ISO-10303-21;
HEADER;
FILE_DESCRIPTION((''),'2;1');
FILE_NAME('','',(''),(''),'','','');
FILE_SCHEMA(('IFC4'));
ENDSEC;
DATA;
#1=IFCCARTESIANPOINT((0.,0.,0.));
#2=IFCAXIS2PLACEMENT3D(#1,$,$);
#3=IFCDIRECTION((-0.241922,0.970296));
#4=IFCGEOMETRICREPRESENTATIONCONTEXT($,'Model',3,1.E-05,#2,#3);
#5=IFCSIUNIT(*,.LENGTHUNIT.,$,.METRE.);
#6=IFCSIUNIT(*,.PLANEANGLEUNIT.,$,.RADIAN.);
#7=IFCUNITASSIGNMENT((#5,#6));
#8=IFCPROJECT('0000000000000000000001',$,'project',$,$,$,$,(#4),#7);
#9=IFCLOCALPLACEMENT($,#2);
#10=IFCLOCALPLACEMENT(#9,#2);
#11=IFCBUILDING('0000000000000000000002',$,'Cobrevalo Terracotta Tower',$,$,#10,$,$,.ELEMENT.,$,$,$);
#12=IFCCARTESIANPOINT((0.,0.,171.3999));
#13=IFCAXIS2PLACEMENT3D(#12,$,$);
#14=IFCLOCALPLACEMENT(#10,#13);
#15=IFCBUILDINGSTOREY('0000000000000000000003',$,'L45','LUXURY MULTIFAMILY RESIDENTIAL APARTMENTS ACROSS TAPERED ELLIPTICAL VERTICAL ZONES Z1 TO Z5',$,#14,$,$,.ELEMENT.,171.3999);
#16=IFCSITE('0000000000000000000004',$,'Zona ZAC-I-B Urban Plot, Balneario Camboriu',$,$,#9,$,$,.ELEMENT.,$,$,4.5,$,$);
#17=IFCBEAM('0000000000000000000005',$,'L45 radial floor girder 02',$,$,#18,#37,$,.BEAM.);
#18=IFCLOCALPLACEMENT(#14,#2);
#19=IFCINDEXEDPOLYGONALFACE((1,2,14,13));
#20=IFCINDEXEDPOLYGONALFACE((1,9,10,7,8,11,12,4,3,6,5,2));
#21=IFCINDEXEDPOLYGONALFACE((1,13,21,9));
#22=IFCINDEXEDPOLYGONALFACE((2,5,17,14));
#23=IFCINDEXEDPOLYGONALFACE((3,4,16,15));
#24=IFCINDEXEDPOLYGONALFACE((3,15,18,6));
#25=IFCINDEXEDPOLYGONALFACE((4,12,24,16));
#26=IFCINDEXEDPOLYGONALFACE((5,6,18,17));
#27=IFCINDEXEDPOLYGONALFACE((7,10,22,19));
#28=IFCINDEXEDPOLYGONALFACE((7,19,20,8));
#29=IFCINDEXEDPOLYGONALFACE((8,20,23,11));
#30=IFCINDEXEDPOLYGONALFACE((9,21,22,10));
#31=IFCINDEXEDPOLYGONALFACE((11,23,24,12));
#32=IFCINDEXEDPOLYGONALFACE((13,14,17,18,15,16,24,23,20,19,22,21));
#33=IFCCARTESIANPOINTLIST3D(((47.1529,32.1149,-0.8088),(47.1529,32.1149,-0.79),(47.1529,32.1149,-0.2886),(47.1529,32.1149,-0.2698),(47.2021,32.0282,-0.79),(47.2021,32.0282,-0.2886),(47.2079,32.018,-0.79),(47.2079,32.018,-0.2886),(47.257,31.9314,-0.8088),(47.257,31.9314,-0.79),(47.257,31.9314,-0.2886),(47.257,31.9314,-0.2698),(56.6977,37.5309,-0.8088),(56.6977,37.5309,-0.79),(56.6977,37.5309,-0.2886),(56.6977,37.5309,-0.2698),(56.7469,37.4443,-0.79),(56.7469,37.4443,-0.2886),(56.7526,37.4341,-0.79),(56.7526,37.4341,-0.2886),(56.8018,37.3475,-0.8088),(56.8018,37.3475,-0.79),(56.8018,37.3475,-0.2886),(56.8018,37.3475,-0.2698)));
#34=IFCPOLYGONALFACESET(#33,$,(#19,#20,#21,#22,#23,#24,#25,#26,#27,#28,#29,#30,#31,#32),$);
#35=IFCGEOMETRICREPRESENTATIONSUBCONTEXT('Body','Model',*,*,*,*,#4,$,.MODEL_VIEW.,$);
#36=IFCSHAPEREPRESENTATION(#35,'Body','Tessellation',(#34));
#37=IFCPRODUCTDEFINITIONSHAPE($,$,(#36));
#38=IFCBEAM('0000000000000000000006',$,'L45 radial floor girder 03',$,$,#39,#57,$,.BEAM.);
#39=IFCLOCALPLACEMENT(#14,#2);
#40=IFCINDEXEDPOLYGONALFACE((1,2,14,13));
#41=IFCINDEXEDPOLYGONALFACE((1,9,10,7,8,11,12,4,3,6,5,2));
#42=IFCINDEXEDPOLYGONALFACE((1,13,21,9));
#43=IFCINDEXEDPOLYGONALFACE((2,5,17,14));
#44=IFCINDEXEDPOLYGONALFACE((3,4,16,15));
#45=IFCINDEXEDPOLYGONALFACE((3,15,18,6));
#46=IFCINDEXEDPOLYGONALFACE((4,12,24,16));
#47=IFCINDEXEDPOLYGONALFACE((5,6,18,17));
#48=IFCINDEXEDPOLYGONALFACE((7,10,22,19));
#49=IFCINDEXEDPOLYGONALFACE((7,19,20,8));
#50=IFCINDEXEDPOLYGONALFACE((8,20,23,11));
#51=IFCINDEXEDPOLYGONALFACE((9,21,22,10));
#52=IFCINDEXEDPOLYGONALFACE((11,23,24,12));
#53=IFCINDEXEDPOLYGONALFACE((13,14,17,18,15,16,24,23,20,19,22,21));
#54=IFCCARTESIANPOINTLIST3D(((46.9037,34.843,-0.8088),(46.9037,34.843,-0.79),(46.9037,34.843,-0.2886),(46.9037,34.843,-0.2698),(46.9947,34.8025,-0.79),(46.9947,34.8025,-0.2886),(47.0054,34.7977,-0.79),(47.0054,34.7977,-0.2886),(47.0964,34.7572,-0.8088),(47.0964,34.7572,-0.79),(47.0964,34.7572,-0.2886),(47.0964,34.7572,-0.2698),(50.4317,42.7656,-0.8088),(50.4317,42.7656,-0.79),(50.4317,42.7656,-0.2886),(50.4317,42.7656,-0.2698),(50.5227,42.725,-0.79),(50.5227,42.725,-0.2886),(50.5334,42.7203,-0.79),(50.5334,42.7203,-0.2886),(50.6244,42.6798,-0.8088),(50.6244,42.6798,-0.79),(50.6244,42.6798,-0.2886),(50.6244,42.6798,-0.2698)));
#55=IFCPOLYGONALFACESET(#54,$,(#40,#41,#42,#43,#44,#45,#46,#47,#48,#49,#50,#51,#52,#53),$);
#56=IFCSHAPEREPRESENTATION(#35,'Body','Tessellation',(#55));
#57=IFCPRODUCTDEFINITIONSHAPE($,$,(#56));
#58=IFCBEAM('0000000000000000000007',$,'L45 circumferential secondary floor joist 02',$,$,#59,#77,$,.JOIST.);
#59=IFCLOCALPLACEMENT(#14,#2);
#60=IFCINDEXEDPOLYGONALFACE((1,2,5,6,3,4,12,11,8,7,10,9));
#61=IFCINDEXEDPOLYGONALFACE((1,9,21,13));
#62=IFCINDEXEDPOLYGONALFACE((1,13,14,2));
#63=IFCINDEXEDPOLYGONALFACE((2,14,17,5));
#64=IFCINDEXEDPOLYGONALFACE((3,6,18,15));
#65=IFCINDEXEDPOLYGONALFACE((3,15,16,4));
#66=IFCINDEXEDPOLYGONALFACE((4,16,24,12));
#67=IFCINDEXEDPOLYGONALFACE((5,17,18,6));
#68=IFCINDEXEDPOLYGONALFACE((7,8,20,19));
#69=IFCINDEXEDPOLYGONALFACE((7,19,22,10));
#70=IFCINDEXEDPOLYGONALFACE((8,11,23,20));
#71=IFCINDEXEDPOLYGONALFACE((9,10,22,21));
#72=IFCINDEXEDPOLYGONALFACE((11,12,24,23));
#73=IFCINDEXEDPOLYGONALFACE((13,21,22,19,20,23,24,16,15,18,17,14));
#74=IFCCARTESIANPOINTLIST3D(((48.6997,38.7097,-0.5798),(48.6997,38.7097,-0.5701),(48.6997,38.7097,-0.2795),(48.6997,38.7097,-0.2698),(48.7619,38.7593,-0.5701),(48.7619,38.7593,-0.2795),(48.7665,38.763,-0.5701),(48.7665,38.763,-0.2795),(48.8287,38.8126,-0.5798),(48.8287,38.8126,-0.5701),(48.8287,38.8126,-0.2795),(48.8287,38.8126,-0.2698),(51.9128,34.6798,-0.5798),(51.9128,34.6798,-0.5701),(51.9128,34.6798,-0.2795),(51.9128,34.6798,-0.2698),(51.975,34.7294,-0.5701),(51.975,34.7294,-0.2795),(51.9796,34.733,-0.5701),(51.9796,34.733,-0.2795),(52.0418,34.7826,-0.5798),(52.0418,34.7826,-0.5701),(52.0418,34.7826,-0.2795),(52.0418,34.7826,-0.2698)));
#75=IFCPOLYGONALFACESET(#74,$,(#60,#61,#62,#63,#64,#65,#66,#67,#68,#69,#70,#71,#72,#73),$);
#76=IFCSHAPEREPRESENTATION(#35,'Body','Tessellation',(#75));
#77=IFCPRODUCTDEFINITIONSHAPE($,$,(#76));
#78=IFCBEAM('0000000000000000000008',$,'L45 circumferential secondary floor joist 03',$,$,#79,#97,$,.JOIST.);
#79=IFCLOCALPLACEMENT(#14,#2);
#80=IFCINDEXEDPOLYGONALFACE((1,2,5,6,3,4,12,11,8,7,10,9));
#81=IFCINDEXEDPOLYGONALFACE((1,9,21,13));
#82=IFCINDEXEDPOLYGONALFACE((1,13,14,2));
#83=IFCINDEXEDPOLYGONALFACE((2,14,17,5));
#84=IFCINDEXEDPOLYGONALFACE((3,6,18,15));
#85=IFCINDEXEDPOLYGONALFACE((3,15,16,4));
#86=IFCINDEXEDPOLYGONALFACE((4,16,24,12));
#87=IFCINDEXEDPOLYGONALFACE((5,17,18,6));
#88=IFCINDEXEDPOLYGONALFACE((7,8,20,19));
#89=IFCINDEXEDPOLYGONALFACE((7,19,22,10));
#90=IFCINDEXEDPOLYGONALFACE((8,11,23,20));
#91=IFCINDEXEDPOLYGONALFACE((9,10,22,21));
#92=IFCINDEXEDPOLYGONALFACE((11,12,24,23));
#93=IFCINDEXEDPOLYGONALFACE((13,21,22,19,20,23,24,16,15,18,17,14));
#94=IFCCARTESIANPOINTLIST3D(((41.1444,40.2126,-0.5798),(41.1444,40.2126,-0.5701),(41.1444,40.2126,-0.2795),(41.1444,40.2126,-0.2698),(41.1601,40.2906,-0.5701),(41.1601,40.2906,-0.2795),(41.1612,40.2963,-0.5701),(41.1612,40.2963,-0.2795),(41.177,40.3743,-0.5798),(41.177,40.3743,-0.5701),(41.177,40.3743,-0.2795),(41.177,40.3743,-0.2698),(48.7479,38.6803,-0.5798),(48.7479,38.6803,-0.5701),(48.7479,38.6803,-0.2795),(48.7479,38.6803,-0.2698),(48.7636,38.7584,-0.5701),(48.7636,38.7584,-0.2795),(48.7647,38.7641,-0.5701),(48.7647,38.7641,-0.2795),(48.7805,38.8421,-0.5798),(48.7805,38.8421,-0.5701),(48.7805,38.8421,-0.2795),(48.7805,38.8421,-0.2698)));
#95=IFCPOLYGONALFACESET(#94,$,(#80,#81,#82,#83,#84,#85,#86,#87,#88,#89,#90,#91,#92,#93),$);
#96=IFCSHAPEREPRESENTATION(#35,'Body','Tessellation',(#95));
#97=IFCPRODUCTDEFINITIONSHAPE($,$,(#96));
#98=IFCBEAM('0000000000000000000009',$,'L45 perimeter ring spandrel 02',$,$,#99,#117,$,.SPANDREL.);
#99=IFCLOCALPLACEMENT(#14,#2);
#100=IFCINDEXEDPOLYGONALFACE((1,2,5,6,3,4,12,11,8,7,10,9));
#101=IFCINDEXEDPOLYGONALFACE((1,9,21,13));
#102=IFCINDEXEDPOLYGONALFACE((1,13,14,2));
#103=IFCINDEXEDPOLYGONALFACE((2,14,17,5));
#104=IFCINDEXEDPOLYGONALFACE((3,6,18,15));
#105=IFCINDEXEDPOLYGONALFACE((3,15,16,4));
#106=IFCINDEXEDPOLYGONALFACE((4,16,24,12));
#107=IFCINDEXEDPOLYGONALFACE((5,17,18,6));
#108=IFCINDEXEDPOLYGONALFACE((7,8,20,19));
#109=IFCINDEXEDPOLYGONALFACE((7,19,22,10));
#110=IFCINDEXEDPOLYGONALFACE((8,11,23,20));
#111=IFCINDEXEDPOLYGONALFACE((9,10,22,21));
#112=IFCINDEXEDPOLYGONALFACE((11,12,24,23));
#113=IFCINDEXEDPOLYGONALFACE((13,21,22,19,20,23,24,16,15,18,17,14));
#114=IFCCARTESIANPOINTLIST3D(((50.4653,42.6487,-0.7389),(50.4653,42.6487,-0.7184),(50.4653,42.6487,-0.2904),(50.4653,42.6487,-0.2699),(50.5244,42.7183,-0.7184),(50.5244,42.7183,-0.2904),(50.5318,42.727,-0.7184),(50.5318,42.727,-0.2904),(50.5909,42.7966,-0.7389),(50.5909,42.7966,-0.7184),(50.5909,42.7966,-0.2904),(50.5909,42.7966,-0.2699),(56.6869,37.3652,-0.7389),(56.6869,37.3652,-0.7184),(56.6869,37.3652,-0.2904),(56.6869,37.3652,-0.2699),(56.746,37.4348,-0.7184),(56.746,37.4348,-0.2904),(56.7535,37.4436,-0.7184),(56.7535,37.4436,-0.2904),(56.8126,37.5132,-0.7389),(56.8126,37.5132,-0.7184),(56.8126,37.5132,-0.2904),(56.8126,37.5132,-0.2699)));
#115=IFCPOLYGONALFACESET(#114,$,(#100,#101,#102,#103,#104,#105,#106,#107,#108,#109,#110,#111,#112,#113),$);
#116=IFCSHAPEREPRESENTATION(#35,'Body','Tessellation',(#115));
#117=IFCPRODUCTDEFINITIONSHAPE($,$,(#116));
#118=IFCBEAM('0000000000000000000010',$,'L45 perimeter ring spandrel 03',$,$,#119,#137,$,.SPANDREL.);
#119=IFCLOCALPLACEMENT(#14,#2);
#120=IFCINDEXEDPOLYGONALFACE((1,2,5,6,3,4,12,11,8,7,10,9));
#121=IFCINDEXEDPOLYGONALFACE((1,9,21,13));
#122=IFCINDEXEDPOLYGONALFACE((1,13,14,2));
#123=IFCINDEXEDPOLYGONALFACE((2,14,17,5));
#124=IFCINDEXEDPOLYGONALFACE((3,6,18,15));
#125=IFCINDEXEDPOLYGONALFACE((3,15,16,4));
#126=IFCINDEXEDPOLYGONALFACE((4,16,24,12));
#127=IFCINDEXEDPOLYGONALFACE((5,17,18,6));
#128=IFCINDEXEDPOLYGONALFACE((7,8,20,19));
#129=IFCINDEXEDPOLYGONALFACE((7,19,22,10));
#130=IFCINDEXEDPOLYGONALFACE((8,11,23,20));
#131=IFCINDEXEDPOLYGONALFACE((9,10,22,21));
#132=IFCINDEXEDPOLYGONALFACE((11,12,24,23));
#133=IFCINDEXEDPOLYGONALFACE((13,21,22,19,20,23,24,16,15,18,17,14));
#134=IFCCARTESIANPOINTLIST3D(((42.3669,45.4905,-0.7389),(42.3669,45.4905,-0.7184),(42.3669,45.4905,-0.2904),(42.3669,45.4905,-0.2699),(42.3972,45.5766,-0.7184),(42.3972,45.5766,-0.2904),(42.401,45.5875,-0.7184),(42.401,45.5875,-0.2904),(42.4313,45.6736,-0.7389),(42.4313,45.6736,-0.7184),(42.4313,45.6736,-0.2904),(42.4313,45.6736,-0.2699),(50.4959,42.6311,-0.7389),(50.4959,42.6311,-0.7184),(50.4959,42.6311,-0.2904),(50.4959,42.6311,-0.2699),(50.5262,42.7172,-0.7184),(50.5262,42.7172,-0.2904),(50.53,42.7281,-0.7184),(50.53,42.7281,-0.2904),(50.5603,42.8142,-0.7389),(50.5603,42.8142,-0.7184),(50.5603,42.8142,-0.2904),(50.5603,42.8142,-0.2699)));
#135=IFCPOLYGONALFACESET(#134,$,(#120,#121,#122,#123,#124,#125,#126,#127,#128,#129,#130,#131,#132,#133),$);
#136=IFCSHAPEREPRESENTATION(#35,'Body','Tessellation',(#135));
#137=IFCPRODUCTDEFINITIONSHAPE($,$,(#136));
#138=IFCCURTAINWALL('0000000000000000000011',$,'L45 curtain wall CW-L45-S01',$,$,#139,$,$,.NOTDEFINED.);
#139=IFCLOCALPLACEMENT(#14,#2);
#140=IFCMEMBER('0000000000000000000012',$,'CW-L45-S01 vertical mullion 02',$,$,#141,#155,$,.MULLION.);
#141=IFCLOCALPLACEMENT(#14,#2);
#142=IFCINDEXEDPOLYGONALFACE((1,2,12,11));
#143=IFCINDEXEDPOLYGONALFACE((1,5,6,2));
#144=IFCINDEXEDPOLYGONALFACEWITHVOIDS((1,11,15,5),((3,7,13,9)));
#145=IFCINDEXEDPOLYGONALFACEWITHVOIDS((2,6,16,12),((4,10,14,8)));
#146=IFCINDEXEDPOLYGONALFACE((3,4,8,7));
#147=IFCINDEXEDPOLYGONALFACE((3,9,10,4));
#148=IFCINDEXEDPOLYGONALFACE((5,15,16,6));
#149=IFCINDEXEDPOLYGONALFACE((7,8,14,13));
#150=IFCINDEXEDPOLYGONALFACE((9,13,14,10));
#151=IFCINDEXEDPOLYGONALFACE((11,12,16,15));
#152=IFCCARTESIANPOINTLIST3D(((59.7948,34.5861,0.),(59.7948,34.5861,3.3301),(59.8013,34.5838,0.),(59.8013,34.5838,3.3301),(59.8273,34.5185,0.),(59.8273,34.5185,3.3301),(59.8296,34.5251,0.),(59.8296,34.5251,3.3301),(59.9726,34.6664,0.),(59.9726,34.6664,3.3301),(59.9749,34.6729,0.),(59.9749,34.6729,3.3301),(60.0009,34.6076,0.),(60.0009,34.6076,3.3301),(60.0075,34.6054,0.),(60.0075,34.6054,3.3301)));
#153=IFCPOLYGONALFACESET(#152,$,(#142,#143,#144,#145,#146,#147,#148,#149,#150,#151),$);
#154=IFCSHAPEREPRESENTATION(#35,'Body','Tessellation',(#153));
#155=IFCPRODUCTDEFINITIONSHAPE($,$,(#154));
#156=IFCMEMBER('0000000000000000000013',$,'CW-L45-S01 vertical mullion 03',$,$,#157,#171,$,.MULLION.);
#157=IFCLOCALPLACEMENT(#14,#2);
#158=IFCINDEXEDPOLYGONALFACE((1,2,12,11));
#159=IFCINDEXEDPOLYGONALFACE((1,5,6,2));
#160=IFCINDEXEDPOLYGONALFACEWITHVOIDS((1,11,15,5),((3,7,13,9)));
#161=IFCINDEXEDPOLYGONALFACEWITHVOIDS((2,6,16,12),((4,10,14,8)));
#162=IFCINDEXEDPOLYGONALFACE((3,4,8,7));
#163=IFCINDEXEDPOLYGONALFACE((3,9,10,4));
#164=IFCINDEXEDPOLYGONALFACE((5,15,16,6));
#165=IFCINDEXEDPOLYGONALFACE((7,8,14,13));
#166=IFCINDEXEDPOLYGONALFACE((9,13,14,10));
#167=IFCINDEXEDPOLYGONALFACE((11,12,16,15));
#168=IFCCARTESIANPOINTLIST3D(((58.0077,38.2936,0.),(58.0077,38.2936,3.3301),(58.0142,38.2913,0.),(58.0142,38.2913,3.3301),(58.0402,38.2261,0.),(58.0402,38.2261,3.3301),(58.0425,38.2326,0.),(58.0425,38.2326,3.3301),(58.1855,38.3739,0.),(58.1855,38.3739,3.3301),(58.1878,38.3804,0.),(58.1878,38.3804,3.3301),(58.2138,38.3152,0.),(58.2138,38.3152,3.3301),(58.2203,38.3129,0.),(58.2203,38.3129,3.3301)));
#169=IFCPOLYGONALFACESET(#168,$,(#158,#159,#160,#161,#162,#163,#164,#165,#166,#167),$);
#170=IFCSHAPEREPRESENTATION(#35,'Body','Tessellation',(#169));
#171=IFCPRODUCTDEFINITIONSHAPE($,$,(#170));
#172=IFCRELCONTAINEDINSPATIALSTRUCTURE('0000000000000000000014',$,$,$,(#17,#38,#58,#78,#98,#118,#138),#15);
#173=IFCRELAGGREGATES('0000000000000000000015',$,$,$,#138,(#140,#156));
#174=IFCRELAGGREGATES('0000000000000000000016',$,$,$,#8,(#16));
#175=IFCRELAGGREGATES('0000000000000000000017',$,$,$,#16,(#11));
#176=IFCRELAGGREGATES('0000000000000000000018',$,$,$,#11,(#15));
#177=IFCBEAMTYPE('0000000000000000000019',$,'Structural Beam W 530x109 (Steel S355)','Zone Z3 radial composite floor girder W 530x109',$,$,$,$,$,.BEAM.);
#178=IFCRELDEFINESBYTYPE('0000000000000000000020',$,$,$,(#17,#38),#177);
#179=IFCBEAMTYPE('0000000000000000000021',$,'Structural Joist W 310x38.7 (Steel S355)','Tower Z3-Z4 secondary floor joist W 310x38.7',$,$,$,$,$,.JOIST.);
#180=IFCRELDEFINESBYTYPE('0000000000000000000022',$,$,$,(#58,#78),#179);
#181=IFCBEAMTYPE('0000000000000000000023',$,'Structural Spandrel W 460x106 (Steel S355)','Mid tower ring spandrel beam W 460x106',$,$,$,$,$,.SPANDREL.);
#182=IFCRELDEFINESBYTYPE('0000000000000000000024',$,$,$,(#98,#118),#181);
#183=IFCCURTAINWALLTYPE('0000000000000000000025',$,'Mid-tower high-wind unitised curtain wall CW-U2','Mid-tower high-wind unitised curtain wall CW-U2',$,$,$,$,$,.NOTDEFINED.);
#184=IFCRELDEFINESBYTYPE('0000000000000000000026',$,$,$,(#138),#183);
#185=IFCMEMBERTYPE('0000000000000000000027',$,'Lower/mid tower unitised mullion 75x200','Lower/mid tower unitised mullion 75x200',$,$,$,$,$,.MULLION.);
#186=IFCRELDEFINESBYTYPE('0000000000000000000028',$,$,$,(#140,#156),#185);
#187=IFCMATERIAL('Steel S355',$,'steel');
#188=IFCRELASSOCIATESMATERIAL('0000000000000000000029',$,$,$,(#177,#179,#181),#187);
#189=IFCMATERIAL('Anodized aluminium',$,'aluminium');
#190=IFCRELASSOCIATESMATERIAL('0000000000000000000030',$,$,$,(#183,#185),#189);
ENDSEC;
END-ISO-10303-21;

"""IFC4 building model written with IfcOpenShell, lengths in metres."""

from ifc_helpers import new_model, si_unit, direction, frame, origin, origin_2d, place, context, subcontext, project, spatial, hollow_rectangle, i_section, extrude, source, transform, mapped, material, material_profile, profile_set, type_object, element, aggregate, save


model = new_model("IFC4")

# Units and contexts
model_context = context("Model", 3, precision=1e-05, world=origin(), true_north=direction((-0.241922, 0.970296)))
body_context = subcontext(model_context, "Body", "Model", "MODEL_VIEW")
ifc_project = project(units=[si_unit("LENGTHUNIT", "METRE"), si_unit("PLANEANGLEUNIT", "RADIAN")], contexts=[model_context])

# Site, building, storey
site_placement = place(None, origin())
site = spatial("IfcSite", under=ifc_project, at=site_placement, Name="Zona ZAC-I-B Urban Plot, Balneario Camboriu", CompositionType="ELEMENT", RefElevation=4.5)
building_placement = place(site_placement, origin())
building = spatial("IfcBuilding", under=site, at=building_placement, Name="Cobrevalo Terracotta Tower", CompositionType="ELEMENT")
storey_placement = place(building_placement, frame((0.0, 0.0, 171.3999)))
storey = spatial("IfcBuildingStorey", under=building, at=storey_placement, Name="L45", Description="LUXURY MULTIFAMILY RESIDENTIAL APARTMENTS ACROSS TAPERED ELLIPTICAL VERTICAL ZONES Z1 TO Z5", CompositionType="ELEMENT", Elevation=171.3999)

# Shared definitions
ifc_material_1 = material(Name="Steel S355", Category="steel")

# Beams
ifc_material_profile_1 = material_profile(ifc_material_1, i_section(OverallWidth=0.2109, OverallDepth=0.5391, WebThickness=0.0117, FlangeThickness=0.0188, at=origin_2d()), Name="W 530x109")
ifc_profile_set_1 = profile_set([ifc_material_profile_1], Name="Steel S355")
beam_type_1 = type_object("IfcBeamType", Name="Structural Beam W 530x109 (Steel S355)", Description="Zone Z3 radial composite floor girder W 530x109", PredefinedType="BEAM", material=ifc_profile_set_1)
beam_1_placement = place(storey_placement, frame((56.7498, 37.4392, -0.5393), z_axis=(-0.869734, -0.49352, 0.0), x_axis=(0.49352, -0.869734, 0.0)))
element("IfcBeam", 1, at=beam_1_placement, inside=storey, type_object=beam_type_1, Name="L45 radial floor girder 02", PredefinedType="BEAM", context=body_context, shape_type="SweptSolid", body=[
    extrude(i_section(OverallWidth=0.2109, OverallDepth=0.5391, WebThickness=0.0117, FlangeThickness=0.0188, at=origin_2d()), origin(), (0.0, 0.0, 1.0), 10.9744),
])
beam_2_placement = place(storey_placement, frame((50.5281, 42.7227, -0.5393), z_axis=(-0.406804, -0.913515, 0.0), x_axis=(0.913515, -0.406804, 0.0)))
element("IfcBeam", 2, at=beam_2_placement, inside=storey, type_object=beam_type_1, Name="L45 radial floor girder 03", PredefinedType="BEAM", context=body_context, shape_type="SweptSolid", body=[
    extrude(i_section(OverallWidth=0.2109, OverallDepth=0.5391, WebThickness=0.0117, FlangeThickness=0.0188, at=origin_2d()), origin(), (0.0, 0.0, 1.0), 8.6726),
])
ifc_material_profile_2 = material_profile(ifc_material_1, i_section(OverallWidth=0.165, OverallDepth=0.3101, WebThickness=0.0059, FlangeThickness=0.0098, at=origin_2d()), Name="W 310x38.7")
ifc_profile_set_2 = profile_set([ifc_material_profile_2], Name="Steel S355")
beam_type_2 = type_object("IfcBeamType", Name="Structural Joist W 310x38.7 (Steel S355)", Description="Tower Z3-Z4 secondary floor joist W 310x38.7", PredefinedType="JOIST", material=ifc_profile_set_2)
beam_3_placement = place(storey_placement, frame((51.9773, 34.7312, -0.4248), z_axis=(-0.623406, 0.781898, 0.0), x_axis=(-0.781898, -0.623406, 0.0)))
element("IfcBeam", 3, at=beam_3_placement, inside=storey, type_object=beam_type_2, Name="L45 circumferential secondary floor joist 02", PredefinedType="JOIST", context=body_context, shape_type="SweptSolid", body=[
    extrude(i_section(OverallWidth=0.165, OverallDepth=0.3101, WebThickness=0.0059, FlangeThickness=0.0098, at=origin_2d()), origin(), (0.0, 0.0, 1.0), 5.1541),
])
beam_4_placement = place(storey_placement, frame((48.7642, 38.7612, -0.4248), z_axis=(-0.980294, 0.197544, 0.0), x_axis=(-0.197544, -0.980294, 0.0)))
element("IfcBeam", 4, at=beam_4_placement, inside=storey, type_object=beam_type_2, Name="L45 circumferential secondary floor joist 03", PredefinedType="JOIST", context=body_context, shape_type="SweptSolid", body=[
    extrude(i_section(OverallWidth=0.165, OverallDepth=0.3101, WebThickness=0.0059, FlangeThickness=0.0098, at=origin_2d()), origin(), (0.0, 0.0, 1.0), 7.7563),
])
ifc_material_profile_3 = material_profile(ifc_material_1, i_section(OverallWidth=0.1941, OverallDepth=0.469, WebThickness=0.0115, FlangeThickness=0.0205, at=origin_2d()), Name="W 460x106")
ifc_profile_set_3 = profile_set([ifc_material_profile_3], Name="Steel S355")
beam_type_3 = type_object("IfcBeamType", Name="Structural Spandrel W 460x106 (Steel S355)", Description="Mid tower ring spandrel beam W 460x106", PredefinedType="SPANDREL", material=ifc_profile_set_3)
beam_5_placement = place(storey_placement, frame((56.7498, 37.4392, -0.5044), z_axis=(-0.76224, 0.647294, 0.0), x_axis=(-0.647294, -0.76224, 0.0)))
element("IfcBeam", 5, at=beam_5_placement, inside=storey, type_object=beam_type_3, Name="L45 perimeter ring spandrel 02", PredefinedType="SPANDREL", context=body_context, shape_type="SweptSolid", body=[
    extrude(i_section(OverallWidth=0.1941, OverallDepth=0.469, WebThickness=0.0115, FlangeThickness=0.0205, at=origin_2d()), origin(), (0.0, 0.0, 1.0), 8.1624),
])
beam_6_placement = place(storey_placement, frame((50.5281, 42.7227, -0.5044), z_axis=(-0.943341, 0.331824, 0.0), x_axis=(-0.331824, -0.943341, 0.0)))
element("IfcBeam", 6, at=beam_6_placement, inside=storey, type_object=beam_type_3, Name="L45 perimeter ring spandrel 03", PredefinedType="SPANDREL", context=body_context, shape_type="SweptSolid", body=[
    extrude(i_section(OverallWidth=0.1941, OverallDepth=0.469, WebThickness=0.0115, FlangeThickness=0.0205, at=origin_2d()), origin(), (0.0, 0.0, 1.0), 8.6172),
])

# Curtain wall, members
ifc_material_2 = material(Name="Anodized aluminium", Category="aluminium")
curtain_wall_type = type_object("IfcCurtainWallType", Name="Mid-tower high-wind unitised curtain wall CW-U2", Description="Mid-tower high-wind unitised curtain wall CW-U2", PredefinedType="NOTDEFINED", material=ifc_material_2)
curtain_wall_placement = place(storey_placement, origin())
curtain_wall = element("IfcCurtainWall", 7, at=curtain_wall_placement, inside=storey, type_object=curtain_wall_type, Name="L45 curtain wall CW-L45-S01", PredefinedType="NOTDEFINED")
ifc_material_profile_4 = material_profile(ifc_material_2, hollow_rectangle(XDim=0.075, YDim=0.2, WallThickness=0.0049, at=origin_2d()), Name="CWM 75x200")
ifc_profile_set_4 = profile_set([ifc_material_profile_4], Name="Anodized aluminium")
member_type_1 = type_object("IfcMemberType", Name="Lower/mid tower unitised mullion 75x200", Description="Lower/mid tower unitised mullion 75x200", PredefinedType="MULLION", material=ifc_profile_set_4)
shared_shape_1 = source(origin(), body_context, "Body", "SweptSolid", [
    extrude(hollow_rectangle(XDim=0.075, YDim=0.2, WallThickness=0.0049, at=origin_2d()), origin(), (0.0, 0.0, 1.0), 3.3301),
])
member_1_placement = place(storey_placement, frame((59.9011, 34.5957, 0.0), z_axis=(0.0, 0.0, 1.0), x_axis=(-0.434209, 0.900812, 0.0)))
member_1 = element("IfcMember", 8, at=member_1_placement, type_object=member_type_1, Name="CW-L45-S01 vertical mullion 02", PredefinedType="MULLION", context=body_context, shape_type="MappedRepresentation", body=[
    mapped(shared_shape_1, transform((0.0, 0.0, 0.0), scale=1.0)),
])
member_2_placement = place(storey_placement, frame((58.114, 38.3032, 0.0), z_axis=(0.0, 0.0, 1.0), x_axis=(-0.434209, 0.900812, 0.0)))
member_2 = element("IfcMember", 9, at=member_2_placement, type_object=member_type_1, Name="CW-L45-S01 vertical mullion 03", PredefinedType="MULLION", context=body_context, shape_type="MappedRepresentation", body=[
    mapped(shared_shape_1, transform((0.0, 0.0, 0.0), scale=1.0)),
])
aggregate(curtain_wall, [member_1, member_2])

save(model, "model.ifc")
